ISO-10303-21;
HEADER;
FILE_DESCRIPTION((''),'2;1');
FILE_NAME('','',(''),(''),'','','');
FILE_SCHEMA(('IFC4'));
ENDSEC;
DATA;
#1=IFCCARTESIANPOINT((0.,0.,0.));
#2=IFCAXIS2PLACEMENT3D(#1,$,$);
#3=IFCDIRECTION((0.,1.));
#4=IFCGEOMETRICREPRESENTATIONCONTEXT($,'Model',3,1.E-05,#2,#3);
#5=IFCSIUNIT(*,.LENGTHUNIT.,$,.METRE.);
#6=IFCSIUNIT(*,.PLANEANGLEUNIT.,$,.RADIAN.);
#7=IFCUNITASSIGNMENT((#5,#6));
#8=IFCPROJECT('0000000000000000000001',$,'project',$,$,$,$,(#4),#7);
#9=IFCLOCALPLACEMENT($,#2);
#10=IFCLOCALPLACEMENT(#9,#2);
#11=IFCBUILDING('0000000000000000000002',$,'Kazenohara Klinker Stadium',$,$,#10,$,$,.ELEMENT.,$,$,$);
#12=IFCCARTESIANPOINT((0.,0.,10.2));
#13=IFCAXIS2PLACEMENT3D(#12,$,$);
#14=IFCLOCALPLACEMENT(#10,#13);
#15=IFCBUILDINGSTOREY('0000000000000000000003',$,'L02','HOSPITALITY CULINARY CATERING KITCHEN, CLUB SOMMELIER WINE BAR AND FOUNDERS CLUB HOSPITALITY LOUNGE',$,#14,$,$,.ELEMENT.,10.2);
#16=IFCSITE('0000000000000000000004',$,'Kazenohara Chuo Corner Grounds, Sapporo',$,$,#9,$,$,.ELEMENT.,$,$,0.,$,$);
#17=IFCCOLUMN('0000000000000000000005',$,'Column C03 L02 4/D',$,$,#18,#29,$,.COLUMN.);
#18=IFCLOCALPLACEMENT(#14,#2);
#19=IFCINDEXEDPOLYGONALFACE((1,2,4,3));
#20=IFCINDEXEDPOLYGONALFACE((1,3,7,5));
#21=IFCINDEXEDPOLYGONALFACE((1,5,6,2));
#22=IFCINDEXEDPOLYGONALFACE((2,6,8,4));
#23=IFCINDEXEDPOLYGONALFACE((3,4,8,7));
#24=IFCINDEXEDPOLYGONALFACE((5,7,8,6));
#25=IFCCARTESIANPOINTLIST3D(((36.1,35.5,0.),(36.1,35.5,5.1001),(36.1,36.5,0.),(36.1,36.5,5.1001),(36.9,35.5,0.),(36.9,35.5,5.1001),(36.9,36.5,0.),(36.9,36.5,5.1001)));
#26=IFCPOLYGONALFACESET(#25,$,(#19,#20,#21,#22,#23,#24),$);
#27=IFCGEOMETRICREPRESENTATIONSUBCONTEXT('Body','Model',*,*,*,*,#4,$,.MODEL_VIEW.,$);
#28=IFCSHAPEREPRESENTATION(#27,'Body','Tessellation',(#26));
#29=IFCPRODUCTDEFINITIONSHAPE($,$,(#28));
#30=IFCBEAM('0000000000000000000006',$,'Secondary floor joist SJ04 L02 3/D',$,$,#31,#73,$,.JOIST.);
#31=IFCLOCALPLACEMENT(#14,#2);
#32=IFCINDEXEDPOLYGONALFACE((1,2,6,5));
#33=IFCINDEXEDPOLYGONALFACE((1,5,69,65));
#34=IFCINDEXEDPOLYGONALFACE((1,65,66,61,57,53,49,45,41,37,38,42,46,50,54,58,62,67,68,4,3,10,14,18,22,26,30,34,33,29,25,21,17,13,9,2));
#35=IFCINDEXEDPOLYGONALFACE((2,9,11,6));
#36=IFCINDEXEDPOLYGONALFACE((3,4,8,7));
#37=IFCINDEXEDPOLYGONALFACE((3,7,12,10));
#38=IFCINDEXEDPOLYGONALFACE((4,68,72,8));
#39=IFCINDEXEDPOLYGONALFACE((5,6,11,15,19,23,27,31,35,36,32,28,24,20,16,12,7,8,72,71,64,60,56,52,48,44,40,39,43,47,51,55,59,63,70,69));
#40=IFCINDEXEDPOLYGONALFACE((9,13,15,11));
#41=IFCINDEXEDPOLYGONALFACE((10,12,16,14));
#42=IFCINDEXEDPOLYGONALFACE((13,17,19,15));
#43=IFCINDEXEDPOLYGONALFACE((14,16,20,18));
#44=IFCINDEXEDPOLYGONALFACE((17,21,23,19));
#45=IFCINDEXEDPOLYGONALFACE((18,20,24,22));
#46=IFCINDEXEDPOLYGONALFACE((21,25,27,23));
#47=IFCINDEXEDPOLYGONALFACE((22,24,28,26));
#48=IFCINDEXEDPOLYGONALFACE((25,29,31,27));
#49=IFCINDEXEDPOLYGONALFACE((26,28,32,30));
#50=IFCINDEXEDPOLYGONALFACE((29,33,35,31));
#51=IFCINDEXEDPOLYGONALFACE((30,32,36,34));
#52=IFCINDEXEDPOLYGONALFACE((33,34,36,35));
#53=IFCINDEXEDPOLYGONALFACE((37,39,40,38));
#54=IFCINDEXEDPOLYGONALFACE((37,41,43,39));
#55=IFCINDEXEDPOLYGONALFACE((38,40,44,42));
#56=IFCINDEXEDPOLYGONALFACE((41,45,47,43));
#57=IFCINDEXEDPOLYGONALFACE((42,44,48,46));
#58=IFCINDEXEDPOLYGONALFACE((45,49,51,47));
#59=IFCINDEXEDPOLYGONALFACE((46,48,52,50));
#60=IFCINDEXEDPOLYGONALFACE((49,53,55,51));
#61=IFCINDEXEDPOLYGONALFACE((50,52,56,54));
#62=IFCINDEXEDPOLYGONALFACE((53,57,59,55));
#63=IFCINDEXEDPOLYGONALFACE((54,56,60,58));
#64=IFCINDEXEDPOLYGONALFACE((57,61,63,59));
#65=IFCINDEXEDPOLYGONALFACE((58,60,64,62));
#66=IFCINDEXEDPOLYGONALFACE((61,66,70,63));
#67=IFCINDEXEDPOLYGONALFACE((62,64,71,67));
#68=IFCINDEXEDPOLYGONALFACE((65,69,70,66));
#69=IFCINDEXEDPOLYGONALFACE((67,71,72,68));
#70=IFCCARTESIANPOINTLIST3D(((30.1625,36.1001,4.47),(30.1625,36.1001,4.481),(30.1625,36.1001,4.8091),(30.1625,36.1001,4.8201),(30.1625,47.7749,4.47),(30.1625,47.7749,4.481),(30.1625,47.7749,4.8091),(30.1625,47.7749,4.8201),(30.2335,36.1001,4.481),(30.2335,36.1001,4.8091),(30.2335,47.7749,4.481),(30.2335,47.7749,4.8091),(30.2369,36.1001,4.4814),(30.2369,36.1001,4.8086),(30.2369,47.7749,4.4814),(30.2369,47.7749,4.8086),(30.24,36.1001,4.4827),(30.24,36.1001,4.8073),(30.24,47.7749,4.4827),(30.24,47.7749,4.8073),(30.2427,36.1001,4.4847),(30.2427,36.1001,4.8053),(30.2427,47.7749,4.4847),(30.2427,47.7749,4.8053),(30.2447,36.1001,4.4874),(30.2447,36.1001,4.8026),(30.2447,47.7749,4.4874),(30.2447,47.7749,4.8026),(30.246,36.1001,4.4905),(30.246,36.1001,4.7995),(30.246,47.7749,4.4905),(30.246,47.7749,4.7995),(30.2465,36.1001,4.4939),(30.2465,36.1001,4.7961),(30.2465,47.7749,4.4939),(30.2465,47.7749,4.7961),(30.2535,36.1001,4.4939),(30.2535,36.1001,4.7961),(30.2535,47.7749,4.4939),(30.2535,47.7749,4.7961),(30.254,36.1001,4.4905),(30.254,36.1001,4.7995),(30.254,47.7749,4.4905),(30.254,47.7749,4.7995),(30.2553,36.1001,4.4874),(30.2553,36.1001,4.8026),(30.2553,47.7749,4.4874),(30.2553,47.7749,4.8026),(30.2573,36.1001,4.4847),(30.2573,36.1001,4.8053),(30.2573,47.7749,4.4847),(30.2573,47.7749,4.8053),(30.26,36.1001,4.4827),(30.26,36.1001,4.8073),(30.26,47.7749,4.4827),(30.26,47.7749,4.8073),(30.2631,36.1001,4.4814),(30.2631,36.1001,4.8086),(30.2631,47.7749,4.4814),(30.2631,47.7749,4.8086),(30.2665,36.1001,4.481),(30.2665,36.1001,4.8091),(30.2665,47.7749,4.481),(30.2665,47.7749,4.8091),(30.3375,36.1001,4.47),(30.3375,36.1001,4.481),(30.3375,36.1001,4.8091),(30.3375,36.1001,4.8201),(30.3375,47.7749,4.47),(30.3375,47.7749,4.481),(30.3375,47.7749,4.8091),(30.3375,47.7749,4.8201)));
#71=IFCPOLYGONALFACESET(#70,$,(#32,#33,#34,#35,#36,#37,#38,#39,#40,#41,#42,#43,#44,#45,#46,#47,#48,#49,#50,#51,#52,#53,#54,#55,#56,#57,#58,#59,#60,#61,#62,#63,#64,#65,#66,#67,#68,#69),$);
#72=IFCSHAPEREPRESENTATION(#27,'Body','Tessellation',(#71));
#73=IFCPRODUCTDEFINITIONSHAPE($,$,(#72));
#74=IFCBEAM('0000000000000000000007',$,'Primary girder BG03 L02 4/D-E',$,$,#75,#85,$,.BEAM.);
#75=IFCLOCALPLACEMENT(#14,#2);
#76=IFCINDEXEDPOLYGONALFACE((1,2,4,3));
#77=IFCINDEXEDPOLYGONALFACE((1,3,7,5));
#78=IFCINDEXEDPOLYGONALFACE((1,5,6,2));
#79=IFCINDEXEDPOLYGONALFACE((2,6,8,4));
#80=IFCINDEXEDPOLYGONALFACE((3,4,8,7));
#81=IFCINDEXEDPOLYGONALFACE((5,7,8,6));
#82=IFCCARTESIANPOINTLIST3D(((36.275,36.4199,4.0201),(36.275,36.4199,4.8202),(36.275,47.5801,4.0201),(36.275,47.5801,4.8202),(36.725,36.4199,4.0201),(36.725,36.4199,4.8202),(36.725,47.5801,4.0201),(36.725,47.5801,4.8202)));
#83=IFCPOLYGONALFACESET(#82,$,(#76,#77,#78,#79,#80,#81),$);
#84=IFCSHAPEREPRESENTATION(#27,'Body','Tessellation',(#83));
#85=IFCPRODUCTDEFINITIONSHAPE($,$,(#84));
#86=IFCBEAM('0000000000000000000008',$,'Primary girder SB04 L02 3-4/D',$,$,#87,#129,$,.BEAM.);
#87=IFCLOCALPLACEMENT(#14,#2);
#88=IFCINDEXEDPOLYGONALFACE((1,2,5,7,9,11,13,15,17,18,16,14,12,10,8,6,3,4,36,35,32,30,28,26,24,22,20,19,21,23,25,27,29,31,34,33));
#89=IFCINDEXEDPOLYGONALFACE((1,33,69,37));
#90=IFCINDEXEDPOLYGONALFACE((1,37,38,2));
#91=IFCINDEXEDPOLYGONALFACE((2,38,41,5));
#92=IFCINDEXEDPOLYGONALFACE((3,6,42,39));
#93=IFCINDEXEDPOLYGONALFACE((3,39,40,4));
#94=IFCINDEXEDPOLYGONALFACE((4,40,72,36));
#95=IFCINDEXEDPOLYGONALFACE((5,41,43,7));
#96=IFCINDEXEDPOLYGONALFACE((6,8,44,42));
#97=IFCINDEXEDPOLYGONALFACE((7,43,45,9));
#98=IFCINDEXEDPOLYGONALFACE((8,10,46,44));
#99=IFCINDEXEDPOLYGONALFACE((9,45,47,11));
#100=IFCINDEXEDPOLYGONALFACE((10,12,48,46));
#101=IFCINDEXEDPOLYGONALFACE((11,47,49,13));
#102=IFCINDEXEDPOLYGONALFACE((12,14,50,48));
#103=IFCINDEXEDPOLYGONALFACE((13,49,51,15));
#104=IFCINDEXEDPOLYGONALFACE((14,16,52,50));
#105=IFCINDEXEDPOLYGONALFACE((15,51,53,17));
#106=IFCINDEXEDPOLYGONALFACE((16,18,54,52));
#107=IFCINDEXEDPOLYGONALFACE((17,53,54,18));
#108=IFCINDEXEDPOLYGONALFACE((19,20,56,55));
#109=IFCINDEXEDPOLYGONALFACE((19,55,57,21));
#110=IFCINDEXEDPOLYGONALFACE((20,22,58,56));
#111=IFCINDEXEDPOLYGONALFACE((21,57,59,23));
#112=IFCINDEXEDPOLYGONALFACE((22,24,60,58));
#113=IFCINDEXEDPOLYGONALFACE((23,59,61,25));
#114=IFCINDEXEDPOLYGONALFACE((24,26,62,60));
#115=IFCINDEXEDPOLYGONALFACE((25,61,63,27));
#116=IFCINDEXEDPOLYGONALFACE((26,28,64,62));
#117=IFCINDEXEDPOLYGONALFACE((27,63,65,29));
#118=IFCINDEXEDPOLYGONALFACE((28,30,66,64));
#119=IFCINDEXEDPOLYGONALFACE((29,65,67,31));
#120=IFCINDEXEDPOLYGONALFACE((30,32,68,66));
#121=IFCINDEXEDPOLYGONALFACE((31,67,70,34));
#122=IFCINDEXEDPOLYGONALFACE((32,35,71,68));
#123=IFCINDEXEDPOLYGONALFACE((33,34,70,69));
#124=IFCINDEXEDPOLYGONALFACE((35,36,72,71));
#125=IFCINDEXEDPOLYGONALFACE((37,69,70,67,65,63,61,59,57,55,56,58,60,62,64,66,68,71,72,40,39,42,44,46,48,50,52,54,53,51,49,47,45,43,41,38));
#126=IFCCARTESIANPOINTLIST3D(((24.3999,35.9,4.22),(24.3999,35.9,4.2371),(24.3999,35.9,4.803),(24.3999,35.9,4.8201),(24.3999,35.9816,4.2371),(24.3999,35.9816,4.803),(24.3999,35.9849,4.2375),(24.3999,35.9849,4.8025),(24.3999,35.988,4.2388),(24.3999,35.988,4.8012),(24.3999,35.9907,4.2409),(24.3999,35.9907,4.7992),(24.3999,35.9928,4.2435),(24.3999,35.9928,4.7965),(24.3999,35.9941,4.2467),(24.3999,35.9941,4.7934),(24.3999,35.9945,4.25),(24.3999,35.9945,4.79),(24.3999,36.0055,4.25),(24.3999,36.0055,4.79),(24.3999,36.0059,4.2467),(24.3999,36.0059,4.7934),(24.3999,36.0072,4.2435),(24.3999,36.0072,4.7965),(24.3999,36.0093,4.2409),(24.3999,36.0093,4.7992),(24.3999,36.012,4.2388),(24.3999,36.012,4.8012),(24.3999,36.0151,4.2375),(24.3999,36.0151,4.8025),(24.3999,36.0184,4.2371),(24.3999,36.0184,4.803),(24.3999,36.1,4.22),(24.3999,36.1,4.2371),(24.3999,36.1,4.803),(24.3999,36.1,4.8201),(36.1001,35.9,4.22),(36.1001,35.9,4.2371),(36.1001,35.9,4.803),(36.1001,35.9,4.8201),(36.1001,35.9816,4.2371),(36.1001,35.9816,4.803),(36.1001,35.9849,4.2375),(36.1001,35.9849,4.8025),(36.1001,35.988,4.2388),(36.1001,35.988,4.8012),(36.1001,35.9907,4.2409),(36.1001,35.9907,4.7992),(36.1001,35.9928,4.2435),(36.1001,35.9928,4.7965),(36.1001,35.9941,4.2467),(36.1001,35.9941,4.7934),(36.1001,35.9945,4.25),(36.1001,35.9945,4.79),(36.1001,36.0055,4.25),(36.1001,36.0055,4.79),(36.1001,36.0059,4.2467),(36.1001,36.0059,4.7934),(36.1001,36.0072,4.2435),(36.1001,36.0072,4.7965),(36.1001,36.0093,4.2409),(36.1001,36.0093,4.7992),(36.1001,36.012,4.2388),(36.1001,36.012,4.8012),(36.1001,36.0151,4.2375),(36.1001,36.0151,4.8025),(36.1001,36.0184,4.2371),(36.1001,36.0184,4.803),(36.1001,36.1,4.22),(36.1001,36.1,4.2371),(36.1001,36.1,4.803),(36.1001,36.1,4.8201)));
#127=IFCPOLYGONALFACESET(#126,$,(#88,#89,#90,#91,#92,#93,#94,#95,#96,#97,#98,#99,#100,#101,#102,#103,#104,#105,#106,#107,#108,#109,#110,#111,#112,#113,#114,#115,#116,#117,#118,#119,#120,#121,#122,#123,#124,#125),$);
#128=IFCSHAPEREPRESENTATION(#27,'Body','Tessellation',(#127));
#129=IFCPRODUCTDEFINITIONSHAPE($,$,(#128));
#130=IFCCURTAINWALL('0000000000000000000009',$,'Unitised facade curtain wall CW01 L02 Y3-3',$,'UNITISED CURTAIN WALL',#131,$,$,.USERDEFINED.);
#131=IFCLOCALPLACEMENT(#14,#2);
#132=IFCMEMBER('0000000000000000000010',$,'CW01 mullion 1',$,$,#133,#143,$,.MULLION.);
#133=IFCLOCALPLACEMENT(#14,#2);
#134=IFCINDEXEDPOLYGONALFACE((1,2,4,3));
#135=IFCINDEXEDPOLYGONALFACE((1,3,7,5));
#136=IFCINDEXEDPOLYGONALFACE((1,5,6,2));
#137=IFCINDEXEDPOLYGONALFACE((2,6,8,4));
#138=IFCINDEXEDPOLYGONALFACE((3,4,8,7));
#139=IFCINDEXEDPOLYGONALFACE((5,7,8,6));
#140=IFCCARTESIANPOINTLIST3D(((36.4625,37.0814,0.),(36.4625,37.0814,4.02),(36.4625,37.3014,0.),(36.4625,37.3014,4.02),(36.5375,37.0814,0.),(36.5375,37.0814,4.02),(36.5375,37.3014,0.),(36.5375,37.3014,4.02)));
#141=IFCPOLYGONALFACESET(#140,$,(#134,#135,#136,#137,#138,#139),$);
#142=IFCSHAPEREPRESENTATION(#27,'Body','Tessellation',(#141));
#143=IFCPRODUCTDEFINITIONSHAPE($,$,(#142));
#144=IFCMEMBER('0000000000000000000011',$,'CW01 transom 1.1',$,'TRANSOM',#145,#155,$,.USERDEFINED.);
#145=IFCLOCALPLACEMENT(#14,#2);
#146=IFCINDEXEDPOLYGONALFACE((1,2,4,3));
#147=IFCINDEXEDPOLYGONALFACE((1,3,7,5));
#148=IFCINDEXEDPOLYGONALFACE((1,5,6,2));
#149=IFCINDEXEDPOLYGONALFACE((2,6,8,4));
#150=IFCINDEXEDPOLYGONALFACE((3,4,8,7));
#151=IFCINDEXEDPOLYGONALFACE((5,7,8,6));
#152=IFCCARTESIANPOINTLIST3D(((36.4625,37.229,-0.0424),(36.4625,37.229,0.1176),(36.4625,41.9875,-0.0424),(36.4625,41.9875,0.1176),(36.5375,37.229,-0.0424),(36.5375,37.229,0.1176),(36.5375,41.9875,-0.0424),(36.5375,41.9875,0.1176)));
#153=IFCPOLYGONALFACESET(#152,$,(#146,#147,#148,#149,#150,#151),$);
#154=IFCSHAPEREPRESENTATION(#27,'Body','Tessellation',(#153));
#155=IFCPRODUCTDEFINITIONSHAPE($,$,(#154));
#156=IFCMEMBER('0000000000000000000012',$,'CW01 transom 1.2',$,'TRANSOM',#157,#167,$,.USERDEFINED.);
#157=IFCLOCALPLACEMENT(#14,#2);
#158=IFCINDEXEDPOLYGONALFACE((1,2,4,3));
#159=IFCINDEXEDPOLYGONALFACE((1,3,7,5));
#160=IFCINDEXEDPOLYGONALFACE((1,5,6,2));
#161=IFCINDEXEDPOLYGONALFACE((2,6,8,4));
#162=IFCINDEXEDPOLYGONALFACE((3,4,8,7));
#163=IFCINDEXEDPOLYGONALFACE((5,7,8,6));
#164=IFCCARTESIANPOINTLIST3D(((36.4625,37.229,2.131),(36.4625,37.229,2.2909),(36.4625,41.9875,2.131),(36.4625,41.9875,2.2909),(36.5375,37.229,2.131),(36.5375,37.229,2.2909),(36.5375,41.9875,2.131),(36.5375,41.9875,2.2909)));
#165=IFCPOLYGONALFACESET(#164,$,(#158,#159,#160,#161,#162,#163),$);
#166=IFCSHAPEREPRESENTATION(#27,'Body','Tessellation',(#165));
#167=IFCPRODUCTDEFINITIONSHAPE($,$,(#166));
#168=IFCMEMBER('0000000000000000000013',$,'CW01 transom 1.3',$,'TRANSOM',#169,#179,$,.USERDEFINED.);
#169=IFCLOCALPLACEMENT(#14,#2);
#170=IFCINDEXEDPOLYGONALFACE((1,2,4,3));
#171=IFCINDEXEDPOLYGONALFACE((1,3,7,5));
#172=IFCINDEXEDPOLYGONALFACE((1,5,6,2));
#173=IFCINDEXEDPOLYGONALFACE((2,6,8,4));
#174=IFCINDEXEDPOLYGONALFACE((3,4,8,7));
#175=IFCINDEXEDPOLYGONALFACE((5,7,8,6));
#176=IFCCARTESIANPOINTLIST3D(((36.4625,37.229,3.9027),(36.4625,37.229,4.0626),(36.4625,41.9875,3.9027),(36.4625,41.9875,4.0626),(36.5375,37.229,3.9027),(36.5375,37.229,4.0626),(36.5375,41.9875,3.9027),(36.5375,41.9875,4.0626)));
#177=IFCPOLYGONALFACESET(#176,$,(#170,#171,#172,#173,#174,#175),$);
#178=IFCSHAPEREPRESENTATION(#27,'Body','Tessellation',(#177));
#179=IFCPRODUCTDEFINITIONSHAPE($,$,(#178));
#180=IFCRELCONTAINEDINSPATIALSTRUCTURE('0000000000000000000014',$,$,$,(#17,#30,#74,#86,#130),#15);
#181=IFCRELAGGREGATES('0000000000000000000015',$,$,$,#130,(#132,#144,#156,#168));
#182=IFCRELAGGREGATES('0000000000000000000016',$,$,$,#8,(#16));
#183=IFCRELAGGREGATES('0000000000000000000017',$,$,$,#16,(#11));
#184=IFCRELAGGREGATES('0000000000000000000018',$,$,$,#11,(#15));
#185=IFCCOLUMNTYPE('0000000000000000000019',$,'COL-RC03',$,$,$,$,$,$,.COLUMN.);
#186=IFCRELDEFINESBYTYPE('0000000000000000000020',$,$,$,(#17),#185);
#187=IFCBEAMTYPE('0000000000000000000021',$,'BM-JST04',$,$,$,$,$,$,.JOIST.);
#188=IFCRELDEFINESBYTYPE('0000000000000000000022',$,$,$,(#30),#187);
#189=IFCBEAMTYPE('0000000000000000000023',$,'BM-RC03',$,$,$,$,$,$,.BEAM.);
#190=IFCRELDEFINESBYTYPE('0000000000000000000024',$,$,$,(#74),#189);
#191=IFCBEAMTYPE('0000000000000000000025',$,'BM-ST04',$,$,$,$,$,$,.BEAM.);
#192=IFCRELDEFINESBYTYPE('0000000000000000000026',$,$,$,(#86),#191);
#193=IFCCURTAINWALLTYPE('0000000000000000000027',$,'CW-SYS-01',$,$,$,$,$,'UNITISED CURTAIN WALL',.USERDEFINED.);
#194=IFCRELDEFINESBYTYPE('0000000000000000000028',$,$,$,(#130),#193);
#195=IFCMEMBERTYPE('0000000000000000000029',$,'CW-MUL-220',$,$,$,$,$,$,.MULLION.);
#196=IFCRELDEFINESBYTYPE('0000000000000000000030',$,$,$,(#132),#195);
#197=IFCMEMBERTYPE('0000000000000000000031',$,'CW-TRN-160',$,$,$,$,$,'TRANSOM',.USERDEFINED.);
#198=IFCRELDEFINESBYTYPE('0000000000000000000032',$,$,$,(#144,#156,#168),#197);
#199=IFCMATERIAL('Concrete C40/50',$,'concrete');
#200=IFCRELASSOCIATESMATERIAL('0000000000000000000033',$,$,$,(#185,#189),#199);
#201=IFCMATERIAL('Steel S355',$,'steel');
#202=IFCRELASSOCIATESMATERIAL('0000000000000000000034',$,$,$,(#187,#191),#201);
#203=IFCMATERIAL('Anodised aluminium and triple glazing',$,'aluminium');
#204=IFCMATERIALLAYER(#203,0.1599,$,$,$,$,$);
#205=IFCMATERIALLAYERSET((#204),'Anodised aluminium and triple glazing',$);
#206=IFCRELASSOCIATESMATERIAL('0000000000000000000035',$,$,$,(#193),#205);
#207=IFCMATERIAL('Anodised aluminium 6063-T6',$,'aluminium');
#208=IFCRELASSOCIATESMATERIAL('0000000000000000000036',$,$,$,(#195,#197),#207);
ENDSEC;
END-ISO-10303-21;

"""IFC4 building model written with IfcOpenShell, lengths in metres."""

from ifc_helpers import new_model, si_unit, direction, frame, origin, origin_2d, place, context, subcontext, project, spatial, rectangle, i_section, extrude, material, layer, layer_set, material_profile, profile_set, type_object, element, aggregate, save


model = new_model("IFC4")

# Units and contexts
model_context = context("Model", 3, precision=1e-05, world=origin(), true_north=direction((0.0, 1.0)))
body_context = subcontext(model_context, "Body", "Model", "MODEL_VIEW")
ifc_project = project(units=[si_unit("LENGTHUNIT", "METRE"), si_unit("PLANEANGLEUNIT", "RADIAN")], contexts=[model_context])

# Site, building, storey
site_placement = place(None, origin())
site = spatial("IfcSite", under=ifc_project, at=site_placement, Name="Kazenohara Chuo Corner Grounds, Sapporo", CompositionType="ELEMENT", RefElevation=0.0)
building_placement = place(site_placement, origin())
building = spatial("IfcBuilding", under=site, at=building_placement, Name="Kazenohara Klinker Stadium", CompositionType="ELEMENT")
storey_placement = place(building_placement, frame((0.0, 0.0, 10.2)))
storey = spatial("IfcBuildingStorey", under=building, at=storey_placement, Name="L02", Description="HOSPITALITY CULINARY CATERING KITCHEN, CLUB SOMMELIER WINE BAR AND FOUNDERS CLUB HOSPITALITY LOUNGE", CompositionType="ELEMENT", Elevation=10.2)

# Column
ifc_material_1 = material(Name="Concrete C40/50", Category="concrete")
ifc_material_profile_1 = material_profile(ifc_material_1, rectangle(XDim=0.8, YDim=1.0, at=origin_2d()), Name="RC-COL-1000x800")
ifc_profile_set_1 = profile_set([ifc_material_profile_1], Name="Concrete C40/50")
column_type = type_object("IfcColumnType", Name="COL-RC03", PredefinedType="COLUMN", material=ifc_profile_set_1)
column_placement = place(storey_placement, frame((36.5, 36.0, 0.0), z_axis=(0.0, 0.0, 1.0), x_axis=(1.0, 0.0, 0.0)))
element("IfcColumn", 1, at=column_placement, inside=storey, type_object=column_type, Name="Column C03 L02 4/D", PredefinedType="COLUMN", context=body_context, shape_type="SweptSolid", body=[
    extrude(rectangle(XDim=0.8, YDim=1.0, at=origin_2d()), origin(), (0.0, 0.0, 1.0), 5.1001),
])

# Beams
ifc_material_2 = material(Name="Steel S355", Category="steel")
ifc_material_profile_2 = material_profile(ifc_material_2, i_section(OverallWidth=0.175, OverallDepth=0.3501, WebThickness=0.0071, FlangeThickness=0.011, FilletRadius=0.0129, at=origin_2d()), Name="H-350x175x7x11")
ifc_profile_set_2 = profile_set([ifc_material_profile_2], Name="Steel S355")
beam_type_1 = type_object("IfcBeamType", Name="BM-JST04", PredefinedType="JOIST", material=ifc_profile_set_2)
beam_1_placement = place(storey_placement, frame((30.25, 36.1001, 4.645), z_axis=(0.0, 1.0, 0.0), x_axis=(-1.0, 0.0, 0.0)))
element("IfcBeam", 2, at=beam_1_placement, inside=storey, type_object=beam_type_1, Name="Secondary floor joist SJ04 L02 3/D", PredefinedType="JOIST", context=body_context, shape_type="SweptSolid", body=[
    extrude(i_section(OverallWidth=0.175, OverallDepth=0.3501, WebThickness=0.0071, FlangeThickness=0.011, FilletRadius=0.0129, at=origin_2d()), origin(), (0.0, 0.0, 1.0), 11.6748),
])
ifc_material_profile_3 = material_profile(ifc_material_1, rectangle(XDim=0.45, YDim=0.8, at=origin_2d()), Name="RC-BM-450x800")
ifc_profile_set_3 = profile_set([ifc_material_profile_3], Name="Concrete C40/50")
beam_type_2 = type_object("IfcBeamType", Name="BM-RC03", PredefinedType="BEAM", material=ifc_profile_set_3)
beam_2_placement = place(storey_placement, frame((36.5, 36.4199, 4.4202), z_axis=(0.0, 1.0, 0.0), x_axis=(-1.0, 0.0, 0.0)))
element("IfcBeam", 3, at=beam_2_placement, inside=storey, type_object=beam_type_2, Name="Primary girder BG03 L02 4/D-E", PredefinedType="BEAM", context=body_context, shape_type="SweptSolid", body=[
    extrude(rectangle(XDim=0.45, YDim=0.8, at=origin_2d()), origin(), (0.0, 0.0, 1.0), 11.1602),
])
ifc_material_profile_4 = material_profile(ifc_material_2, i_section(OverallWidth=0.2, OverallDepth=0.6001, WebThickness=0.011, FlangeThickness=0.0171, FilletRadius=0.0129, at=origin_2d()), Name="H-600x200x11x17")
ifc_profile_set_4 = profile_set([ifc_material_profile_4], Name="Steel S355")
beam_type_3 = type_object("IfcBeamType", Name="BM-ST04", PredefinedType="BEAM", material=ifc_profile_set_4)
beam_3_placement = place(storey_placement, frame((24.3999, 36.0, 4.52), z_axis=(1.0, 0.0, 0.0), x_axis=(0.0, 1.0, 0.0)))
element("IfcBeam", 4, at=beam_3_placement, inside=storey, type_object=beam_type_3, Name="Primary girder SB04 L02 3-4/D", PredefinedType="BEAM", context=body_context, shape_type="SweptSolid", body=[
    extrude(i_section(OverallWidth=0.2, OverallDepth=0.6001, WebThickness=0.011, FlangeThickness=0.0171, FilletRadius=0.0129, at=origin_2d()), origin(), (0.0, 0.0, 1.0), 11.7002),
])

# Curtain wall, members
ifc_material_3 = material(Name="Anodised aluminium and triple glazing", Category="aluminium")
ifc_layer_1 = layer(ifc_material_3, 0.1599)
ifc_layer_set_1 = layer_set([ifc_layer_1], Name="Anodised aluminium and triple glazing")
curtain_wall_type = type_object("IfcCurtainWallType", Name="CW-SYS-01", ElementType="UNITISED CURTAIN WALL", PredefinedType="USERDEFINED", material=ifc_layer_set_1)
curtain_wall_placement = place(storey_placement, origin())
curtain_wall = element("IfcCurtainWall", 5, at=curtain_wall_placement, inside=storey, type_object=curtain_wall_type, Name="Unitised facade curtain wall CW01 L02 Y3-3", ObjectType="UNITISED CURTAIN WALL", PredefinedType="USERDEFINED")
ifc_material_4 = material(Name="Anodised aluminium 6063-T6", Category="aluminium")
ifc_material_profile_5 = material_profile(ifc_material_4, rectangle(XDim=0.075, YDim=0.22, at=origin_2d()), Name="ALU-MUL-75x220")
ifc_profile_set_5 = profile_set([ifc_material_profile_5], Name="Anodised aluminium 6063-T6")
member_type_1 = type_object("IfcMemberType", Name="CW-MUL-220", PredefinedType="MULLION", material=ifc_profile_set_5)
member_1_placement = place(storey_placement, frame((36.5, 37.1914, 0.0), z_axis=(0.0, 0.0, 1.0), x_axis=(-1.0, 0.0, 0.0)))
member_1 = element("IfcMember", 6, at=member_1_placement, type_object=member_type_1, Name="CW01 mullion 1", PredefinedType="MULLION", context=body_context, shape_type="SweptSolid", body=[
    extrude(rectangle(XDim=0.075, YDim=0.22, at=origin_2d()), origin(), (0.0, 0.0, 1.0), 4.02),
])
ifc_material_profile_6 = material_profile(ifc_material_4, rectangle(XDim=0.075, YDim=0.1599, at=origin_2d()), Name="ALU-TRN-75x160")
ifc_profile_set_6 = profile_set([ifc_material_profile_6], Name="Anodised aluminium 6063-T6")
member_type_2 = type_object("IfcMemberType", Name="CW-TRN-160", ElementType="TRANSOM", PredefinedType="USERDEFINED", material=ifc_profile_set_6)
member_2_placement = place(storey_placement, frame((36.5, 37.229, 0.0376), z_axis=(0.0, 1.0, 0.0), x_axis=(-1.0, 0.0, 0.0)))
member_2 = element("IfcMember", 7, at=member_2_placement, type_object=member_type_2, Name="CW01 transom 1.1", ObjectType="TRANSOM", PredefinedType="USERDEFINED", context=body_context, shape_type="SweptSolid", body=[
    extrude(rectangle(XDim=0.075, YDim=0.1599, at=origin_2d()), origin(), (0.0, 0.0, 1.0), 4.7585),
])
member_3_placement = place(storey_placement, frame((36.5, 37.229, 2.2109), z_axis=(0.0, 1.0, 0.0), x_axis=(-1.0, 0.0, 0.0)))
member_3 = element("IfcMember", 8, at=member_3_placement, type_object=member_type_2, Name="CW01 transom 1.2", ObjectType="TRANSOM", PredefinedType="USERDEFINED", context=body_context, shape_type="SweptSolid", body=[
    extrude(rectangle(XDim=0.075, YDim=0.1599, at=origin_2d()), origin(), (0.0, 0.0, 1.0), 4.7585),
])
member_4_placement = place(storey_placement, frame((36.5, 37.229, 3.9827), z_axis=(0.0, 1.0, 0.0), x_axis=(-1.0, 0.0, 0.0)))
member_4 = element("IfcMember", 9, at=member_4_placement, type_object=member_type_2, Name="CW01 transom 1.3", ObjectType="TRANSOM", PredefinedType="USERDEFINED", context=body_context, shape_type="SweptSolid", body=[
    extrude(rectangle(XDim=0.075, YDim=0.1599, at=origin_2d()), origin(), (0.0, 0.0, 1.0), 4.7585),
])
aggregate(curtain_wall, [member_1, member_2, member_3, member_4])

save(model, "model.ifc")
